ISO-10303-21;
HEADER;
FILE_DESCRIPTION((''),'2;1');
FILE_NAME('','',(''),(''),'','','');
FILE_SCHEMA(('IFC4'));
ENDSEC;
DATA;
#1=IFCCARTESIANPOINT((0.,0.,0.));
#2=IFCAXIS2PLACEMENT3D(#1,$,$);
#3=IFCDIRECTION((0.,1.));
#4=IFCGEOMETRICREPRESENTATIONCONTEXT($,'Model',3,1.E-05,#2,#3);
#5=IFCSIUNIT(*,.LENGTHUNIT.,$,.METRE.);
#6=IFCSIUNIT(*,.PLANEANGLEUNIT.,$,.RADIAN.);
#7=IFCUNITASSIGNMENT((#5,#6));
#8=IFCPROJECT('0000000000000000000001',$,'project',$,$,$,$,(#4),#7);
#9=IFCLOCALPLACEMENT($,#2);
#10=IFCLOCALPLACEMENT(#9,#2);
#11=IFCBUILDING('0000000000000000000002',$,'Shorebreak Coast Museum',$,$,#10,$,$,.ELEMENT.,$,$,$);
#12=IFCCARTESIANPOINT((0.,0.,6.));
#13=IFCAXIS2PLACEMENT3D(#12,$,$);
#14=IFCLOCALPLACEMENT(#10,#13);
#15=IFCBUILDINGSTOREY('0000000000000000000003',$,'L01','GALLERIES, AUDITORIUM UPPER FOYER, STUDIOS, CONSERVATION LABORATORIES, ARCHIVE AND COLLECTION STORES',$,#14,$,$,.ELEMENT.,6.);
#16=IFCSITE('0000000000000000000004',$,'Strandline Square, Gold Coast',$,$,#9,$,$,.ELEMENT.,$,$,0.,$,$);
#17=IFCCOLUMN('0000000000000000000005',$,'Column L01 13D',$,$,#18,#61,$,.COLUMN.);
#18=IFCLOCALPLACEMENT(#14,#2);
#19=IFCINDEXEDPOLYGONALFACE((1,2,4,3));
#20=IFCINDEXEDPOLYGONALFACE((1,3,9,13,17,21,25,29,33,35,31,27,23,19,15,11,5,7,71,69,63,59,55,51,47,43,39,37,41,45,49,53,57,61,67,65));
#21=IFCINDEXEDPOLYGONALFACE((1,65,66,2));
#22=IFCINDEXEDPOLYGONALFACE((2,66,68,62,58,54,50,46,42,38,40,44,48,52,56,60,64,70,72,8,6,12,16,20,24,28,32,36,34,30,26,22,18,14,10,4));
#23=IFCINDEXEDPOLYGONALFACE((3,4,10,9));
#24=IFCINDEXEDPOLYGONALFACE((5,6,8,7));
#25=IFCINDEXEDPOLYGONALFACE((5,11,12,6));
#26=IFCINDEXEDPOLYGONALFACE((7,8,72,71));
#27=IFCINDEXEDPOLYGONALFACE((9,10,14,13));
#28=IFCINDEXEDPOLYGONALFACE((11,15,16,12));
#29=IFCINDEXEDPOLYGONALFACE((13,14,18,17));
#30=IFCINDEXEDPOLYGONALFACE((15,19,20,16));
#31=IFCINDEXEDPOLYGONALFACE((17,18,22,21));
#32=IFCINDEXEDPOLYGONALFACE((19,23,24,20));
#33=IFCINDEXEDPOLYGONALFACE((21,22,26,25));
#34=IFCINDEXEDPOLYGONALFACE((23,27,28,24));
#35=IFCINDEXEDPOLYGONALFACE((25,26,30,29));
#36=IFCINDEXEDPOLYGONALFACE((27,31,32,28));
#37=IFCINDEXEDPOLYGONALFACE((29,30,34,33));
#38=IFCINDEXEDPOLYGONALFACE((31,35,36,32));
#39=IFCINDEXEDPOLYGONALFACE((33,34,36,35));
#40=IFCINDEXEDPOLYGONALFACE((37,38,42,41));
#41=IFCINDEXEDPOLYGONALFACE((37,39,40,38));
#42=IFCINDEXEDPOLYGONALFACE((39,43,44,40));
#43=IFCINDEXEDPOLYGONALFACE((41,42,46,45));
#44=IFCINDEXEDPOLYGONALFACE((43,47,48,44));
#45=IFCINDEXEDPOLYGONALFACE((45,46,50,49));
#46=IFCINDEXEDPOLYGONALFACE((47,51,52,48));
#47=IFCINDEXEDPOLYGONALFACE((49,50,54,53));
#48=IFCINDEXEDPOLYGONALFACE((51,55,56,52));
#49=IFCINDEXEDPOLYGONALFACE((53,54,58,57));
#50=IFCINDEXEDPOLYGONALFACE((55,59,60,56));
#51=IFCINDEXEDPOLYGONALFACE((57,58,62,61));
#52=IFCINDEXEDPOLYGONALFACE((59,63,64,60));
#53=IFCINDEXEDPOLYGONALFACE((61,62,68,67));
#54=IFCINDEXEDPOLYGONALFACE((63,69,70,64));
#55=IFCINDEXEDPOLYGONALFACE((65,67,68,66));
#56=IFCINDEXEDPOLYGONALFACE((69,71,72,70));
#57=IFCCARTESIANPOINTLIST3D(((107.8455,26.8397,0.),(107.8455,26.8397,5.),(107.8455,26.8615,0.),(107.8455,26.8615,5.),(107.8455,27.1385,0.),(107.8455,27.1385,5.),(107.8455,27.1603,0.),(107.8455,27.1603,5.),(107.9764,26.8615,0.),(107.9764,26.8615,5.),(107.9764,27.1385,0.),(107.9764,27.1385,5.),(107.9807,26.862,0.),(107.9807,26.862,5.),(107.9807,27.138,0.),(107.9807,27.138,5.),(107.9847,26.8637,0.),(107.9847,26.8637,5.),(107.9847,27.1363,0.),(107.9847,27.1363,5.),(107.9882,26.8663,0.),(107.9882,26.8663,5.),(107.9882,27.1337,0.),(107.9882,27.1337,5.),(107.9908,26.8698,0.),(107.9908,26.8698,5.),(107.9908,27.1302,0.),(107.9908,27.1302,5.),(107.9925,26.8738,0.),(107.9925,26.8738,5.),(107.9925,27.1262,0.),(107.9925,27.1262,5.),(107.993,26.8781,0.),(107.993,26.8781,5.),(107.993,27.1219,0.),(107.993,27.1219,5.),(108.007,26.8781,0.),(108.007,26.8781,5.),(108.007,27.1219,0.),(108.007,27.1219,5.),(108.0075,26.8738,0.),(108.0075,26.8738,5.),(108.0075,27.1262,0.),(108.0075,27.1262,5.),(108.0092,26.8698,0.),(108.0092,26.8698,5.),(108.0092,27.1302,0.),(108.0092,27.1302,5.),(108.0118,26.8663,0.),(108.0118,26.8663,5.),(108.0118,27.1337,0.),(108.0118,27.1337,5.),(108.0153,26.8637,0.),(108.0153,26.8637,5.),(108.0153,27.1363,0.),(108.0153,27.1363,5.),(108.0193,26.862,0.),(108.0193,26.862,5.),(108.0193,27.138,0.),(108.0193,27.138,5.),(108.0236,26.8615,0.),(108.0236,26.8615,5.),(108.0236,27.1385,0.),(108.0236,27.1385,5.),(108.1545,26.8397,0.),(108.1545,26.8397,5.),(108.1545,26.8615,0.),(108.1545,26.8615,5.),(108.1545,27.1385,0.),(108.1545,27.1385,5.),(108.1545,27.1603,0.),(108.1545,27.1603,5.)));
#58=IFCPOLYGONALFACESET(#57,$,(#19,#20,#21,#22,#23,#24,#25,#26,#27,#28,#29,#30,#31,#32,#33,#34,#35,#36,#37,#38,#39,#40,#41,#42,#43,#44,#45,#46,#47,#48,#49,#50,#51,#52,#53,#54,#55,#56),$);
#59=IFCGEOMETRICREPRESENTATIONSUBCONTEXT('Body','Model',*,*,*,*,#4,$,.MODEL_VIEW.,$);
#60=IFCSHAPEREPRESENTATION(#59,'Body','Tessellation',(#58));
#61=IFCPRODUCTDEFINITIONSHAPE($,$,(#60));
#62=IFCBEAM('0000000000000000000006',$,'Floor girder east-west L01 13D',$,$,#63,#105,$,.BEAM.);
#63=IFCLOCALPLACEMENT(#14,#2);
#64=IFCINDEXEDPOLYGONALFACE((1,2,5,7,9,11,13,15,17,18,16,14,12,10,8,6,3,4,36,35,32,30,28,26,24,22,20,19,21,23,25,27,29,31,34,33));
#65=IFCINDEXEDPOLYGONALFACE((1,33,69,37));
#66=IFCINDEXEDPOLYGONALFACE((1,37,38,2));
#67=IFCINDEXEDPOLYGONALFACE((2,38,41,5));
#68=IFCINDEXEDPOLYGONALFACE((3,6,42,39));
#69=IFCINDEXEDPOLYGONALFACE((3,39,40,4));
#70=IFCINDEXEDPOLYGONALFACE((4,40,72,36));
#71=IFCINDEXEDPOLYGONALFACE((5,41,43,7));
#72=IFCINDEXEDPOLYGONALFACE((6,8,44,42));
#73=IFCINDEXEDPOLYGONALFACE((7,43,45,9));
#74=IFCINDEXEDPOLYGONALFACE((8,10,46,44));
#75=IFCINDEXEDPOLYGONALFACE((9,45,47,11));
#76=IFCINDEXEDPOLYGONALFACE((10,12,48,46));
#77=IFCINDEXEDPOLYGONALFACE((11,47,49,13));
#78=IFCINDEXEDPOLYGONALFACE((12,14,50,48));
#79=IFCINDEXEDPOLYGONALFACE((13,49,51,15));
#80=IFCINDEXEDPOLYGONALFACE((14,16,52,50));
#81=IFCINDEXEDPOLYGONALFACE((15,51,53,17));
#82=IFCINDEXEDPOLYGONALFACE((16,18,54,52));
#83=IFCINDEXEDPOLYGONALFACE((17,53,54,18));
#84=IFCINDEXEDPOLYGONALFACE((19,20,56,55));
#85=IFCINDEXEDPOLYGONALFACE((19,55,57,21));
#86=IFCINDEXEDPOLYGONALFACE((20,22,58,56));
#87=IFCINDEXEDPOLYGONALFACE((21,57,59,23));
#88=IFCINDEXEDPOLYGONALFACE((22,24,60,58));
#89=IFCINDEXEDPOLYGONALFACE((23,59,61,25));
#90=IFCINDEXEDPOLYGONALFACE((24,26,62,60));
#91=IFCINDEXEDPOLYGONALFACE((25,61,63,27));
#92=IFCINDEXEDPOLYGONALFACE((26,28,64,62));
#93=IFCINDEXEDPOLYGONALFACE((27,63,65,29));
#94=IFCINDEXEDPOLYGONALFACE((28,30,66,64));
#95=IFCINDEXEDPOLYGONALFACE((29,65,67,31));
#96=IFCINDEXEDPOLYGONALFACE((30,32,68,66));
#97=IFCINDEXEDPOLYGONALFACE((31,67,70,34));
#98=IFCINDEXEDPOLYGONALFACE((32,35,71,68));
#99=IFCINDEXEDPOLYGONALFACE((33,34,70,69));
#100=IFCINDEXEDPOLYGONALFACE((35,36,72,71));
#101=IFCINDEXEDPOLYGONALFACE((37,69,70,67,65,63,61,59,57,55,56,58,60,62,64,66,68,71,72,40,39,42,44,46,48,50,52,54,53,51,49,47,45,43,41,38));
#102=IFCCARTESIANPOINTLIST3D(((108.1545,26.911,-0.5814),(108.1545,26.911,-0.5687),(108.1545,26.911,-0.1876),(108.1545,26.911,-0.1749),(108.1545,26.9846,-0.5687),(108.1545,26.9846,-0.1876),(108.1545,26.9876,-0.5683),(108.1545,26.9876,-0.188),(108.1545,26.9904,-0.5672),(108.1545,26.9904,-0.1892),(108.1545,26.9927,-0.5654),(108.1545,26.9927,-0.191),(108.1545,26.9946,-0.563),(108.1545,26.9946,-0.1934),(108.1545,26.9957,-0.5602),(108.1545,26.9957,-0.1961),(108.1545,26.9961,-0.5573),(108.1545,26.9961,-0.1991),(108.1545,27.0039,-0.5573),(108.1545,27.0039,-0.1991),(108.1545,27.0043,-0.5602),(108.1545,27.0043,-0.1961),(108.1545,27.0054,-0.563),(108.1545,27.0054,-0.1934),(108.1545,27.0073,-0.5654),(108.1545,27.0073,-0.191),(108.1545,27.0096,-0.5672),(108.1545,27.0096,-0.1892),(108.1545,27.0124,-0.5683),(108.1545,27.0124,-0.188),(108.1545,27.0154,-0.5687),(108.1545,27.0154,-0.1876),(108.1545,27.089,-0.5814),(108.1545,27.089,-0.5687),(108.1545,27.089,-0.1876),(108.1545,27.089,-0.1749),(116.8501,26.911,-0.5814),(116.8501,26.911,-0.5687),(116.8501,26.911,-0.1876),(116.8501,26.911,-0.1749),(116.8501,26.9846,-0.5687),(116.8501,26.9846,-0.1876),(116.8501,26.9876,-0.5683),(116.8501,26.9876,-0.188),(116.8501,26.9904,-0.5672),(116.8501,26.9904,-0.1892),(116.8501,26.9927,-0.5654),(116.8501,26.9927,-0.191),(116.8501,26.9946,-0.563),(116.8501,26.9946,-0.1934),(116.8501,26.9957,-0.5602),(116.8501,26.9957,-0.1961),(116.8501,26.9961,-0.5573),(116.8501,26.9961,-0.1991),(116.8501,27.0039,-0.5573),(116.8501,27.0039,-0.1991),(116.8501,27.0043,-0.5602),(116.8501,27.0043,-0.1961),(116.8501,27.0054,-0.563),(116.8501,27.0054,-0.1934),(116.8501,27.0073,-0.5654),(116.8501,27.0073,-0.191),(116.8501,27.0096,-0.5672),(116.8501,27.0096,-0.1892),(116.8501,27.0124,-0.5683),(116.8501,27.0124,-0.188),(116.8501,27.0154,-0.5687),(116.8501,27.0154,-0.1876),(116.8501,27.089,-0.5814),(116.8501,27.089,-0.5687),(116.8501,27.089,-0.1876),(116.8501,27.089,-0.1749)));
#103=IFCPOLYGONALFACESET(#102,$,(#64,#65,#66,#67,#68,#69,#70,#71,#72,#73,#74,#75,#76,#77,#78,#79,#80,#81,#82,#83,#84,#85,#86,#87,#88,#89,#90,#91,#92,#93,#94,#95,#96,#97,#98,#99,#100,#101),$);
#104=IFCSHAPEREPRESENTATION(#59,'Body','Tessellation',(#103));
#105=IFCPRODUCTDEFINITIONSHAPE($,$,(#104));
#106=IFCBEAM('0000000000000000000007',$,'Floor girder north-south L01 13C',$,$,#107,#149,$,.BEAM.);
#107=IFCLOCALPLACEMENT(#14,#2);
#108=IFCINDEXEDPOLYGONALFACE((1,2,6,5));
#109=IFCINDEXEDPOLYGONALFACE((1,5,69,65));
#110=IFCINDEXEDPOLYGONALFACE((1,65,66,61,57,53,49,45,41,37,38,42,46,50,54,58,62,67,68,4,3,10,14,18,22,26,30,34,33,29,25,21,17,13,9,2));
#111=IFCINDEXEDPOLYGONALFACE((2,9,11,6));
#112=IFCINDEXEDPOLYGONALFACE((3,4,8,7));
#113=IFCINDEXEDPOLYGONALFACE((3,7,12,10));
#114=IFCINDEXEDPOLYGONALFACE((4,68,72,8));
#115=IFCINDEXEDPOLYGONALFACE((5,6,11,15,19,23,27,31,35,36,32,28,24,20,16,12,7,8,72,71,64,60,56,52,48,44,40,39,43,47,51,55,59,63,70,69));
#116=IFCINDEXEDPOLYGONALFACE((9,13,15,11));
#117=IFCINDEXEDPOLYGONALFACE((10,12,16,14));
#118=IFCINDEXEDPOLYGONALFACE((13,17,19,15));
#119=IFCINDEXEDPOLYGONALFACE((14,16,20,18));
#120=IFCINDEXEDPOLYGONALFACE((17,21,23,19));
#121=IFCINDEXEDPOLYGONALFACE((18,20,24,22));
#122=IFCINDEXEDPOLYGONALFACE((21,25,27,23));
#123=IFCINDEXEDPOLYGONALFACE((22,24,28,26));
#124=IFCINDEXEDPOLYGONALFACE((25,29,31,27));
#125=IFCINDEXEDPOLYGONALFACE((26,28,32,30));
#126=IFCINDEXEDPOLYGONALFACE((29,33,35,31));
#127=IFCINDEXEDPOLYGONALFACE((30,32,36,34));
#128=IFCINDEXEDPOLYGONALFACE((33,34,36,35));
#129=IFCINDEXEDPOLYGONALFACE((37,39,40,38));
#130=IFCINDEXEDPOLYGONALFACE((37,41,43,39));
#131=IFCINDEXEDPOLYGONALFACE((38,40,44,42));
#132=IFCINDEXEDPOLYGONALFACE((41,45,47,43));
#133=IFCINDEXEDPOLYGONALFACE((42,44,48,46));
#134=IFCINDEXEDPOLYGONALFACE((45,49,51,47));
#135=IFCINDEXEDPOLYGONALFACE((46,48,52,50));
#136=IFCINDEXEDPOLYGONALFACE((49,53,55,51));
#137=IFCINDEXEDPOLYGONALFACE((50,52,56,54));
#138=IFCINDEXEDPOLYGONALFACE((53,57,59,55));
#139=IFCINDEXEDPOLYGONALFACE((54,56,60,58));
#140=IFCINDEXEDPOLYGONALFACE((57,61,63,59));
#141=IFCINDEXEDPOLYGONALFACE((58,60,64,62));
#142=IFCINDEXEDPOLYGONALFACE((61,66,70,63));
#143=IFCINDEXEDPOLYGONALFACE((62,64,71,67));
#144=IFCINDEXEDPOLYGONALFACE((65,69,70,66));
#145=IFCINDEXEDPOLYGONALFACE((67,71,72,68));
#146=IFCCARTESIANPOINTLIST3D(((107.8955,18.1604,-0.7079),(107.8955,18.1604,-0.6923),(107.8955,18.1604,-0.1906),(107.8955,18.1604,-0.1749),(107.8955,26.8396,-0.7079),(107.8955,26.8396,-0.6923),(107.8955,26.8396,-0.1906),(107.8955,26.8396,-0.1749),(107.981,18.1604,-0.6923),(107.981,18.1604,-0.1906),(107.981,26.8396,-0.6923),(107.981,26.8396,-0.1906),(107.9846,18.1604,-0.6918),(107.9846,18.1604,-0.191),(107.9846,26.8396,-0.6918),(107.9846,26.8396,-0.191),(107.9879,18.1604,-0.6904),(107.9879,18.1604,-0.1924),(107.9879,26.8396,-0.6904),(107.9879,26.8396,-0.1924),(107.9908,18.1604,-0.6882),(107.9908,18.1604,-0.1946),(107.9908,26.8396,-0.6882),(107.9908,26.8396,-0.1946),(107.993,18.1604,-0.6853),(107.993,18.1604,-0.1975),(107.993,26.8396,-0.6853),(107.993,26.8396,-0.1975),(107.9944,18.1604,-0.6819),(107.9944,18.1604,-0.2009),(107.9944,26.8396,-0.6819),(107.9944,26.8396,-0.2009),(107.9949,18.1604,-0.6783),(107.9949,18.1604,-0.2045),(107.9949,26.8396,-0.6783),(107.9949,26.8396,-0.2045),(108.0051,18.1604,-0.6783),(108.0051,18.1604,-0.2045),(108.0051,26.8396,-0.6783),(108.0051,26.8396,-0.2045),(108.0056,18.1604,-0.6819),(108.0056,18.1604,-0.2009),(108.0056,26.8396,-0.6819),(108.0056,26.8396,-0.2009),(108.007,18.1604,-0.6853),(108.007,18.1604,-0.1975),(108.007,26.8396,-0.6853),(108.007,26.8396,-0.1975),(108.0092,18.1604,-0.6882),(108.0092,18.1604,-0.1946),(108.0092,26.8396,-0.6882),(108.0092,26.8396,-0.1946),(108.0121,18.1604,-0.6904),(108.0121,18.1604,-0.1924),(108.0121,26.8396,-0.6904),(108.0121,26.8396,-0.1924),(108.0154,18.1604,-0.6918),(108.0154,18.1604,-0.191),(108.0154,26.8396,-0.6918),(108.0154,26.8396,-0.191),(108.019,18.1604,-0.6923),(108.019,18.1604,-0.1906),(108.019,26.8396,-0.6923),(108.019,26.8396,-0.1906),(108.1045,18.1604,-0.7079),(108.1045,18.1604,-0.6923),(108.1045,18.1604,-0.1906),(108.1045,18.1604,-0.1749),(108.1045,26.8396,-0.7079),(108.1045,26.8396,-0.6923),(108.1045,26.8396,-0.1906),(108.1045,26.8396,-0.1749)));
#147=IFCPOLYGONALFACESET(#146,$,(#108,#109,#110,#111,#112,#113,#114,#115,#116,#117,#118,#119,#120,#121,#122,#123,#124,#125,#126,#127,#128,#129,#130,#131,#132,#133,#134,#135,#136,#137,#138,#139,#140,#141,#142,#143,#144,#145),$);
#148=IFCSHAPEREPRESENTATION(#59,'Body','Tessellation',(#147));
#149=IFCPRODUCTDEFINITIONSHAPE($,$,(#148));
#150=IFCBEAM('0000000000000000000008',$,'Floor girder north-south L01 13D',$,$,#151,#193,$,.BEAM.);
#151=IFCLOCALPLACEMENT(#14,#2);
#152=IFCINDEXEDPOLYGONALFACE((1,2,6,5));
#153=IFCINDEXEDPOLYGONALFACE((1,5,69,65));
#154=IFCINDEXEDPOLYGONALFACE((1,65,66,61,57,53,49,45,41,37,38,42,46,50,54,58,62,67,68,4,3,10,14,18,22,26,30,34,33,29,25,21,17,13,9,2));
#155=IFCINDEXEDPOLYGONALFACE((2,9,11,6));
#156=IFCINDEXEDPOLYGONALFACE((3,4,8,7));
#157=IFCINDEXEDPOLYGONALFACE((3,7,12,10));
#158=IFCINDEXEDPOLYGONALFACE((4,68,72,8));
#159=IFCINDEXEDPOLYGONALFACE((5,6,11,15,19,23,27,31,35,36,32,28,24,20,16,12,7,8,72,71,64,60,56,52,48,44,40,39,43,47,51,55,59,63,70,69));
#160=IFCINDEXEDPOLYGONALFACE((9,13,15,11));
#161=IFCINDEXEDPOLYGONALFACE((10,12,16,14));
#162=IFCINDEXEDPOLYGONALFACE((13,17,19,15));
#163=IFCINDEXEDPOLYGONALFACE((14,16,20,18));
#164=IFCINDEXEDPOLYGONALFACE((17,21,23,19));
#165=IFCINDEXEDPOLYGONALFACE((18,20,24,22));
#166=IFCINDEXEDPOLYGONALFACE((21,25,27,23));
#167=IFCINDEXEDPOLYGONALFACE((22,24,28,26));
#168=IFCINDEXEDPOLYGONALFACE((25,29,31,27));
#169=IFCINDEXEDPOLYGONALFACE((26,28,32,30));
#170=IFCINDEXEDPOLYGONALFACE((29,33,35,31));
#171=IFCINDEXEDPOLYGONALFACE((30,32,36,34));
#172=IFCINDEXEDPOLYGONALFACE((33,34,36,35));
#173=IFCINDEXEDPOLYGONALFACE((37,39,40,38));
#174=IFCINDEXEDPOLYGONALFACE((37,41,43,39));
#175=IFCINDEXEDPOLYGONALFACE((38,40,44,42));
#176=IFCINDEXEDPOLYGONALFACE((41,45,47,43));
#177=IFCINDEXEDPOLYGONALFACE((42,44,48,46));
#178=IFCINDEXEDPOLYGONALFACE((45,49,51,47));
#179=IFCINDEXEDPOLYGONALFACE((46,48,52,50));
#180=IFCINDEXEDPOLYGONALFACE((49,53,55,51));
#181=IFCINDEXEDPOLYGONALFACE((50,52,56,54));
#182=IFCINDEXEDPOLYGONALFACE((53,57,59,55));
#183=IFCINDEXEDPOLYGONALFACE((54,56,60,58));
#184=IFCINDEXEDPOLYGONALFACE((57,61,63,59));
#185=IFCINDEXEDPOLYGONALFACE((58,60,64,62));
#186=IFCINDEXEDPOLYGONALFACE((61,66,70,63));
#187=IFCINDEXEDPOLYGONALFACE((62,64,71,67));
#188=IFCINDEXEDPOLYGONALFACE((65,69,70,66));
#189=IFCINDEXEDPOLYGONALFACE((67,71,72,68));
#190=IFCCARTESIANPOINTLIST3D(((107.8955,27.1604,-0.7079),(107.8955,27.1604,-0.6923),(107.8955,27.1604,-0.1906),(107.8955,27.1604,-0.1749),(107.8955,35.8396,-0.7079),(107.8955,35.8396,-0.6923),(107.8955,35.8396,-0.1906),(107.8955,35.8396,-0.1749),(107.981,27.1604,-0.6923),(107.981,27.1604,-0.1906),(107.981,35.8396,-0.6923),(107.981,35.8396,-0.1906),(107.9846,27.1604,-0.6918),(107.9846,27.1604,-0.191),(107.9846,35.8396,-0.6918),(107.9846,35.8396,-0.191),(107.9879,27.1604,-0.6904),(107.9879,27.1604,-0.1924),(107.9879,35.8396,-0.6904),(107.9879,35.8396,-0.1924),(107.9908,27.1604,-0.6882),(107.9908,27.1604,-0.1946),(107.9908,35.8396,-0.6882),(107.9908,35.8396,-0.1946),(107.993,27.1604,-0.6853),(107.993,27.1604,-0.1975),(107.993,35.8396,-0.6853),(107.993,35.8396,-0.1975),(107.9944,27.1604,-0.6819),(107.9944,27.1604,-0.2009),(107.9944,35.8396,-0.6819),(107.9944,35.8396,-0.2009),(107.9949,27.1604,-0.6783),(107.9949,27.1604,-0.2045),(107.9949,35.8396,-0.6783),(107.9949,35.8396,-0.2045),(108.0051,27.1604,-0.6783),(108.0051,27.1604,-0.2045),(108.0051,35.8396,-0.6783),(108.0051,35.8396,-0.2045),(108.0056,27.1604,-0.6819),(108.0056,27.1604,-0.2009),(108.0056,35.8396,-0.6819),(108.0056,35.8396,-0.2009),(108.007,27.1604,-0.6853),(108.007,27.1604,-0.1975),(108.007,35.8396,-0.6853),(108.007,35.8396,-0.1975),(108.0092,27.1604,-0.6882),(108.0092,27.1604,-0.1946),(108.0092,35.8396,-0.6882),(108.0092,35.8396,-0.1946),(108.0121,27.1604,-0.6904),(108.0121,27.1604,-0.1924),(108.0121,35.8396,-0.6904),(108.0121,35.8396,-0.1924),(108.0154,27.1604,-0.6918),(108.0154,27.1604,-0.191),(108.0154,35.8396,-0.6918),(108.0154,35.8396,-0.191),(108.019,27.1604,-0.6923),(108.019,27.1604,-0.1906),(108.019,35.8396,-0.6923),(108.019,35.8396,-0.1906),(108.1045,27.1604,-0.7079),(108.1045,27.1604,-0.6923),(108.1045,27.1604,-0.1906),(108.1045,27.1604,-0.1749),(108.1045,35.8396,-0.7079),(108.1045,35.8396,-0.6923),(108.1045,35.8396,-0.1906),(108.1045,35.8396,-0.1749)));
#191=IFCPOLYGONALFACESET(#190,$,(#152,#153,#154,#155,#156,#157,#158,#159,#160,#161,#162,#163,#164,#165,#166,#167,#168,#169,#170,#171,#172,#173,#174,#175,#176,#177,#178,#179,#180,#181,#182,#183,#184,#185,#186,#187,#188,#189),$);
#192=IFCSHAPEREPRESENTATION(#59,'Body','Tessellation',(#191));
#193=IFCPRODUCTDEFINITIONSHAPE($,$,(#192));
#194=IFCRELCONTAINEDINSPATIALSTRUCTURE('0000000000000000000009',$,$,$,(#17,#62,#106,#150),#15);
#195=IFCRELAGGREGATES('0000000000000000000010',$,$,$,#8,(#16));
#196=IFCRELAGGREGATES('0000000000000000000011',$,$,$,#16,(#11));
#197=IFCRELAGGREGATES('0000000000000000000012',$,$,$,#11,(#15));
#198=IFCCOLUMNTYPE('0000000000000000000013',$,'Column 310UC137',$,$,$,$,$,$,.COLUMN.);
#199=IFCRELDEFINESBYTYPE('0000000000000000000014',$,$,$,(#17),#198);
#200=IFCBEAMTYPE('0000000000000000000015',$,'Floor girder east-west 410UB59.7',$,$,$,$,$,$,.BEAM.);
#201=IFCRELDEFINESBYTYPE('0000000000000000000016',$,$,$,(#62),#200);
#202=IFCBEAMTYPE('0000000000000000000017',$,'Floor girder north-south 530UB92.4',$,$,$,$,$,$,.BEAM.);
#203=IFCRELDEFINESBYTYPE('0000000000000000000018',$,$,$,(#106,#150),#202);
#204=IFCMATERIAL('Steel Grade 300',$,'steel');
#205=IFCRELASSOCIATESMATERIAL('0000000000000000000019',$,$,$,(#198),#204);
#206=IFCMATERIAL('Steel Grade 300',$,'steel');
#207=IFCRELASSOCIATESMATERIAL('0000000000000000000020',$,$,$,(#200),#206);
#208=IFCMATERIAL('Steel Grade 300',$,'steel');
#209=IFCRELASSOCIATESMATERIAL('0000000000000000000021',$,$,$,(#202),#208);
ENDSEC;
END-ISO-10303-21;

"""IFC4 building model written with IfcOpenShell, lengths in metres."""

from ifc_helpers import new_model, si_unit, direction, frame, origin, origin_2d, place, context, subcontext, project, spatial, i_section, extrude, material, material_profile, profile_set, type_object, element, save


model = new_model("IFC4")

# Units and contexts
model_context = context("Model", 3, precision=1e-05, world=origin(), true_north=direction((0.0, 1.0)))
body_context = subcontext(model_context, "Body", "Model", "MODEL_VIEW")
ifc_project = project(units=[si_unit("LENGTHUNIT", "METRE"), si_unit("PLANEANGLEUNIT", "RADIAN")], contexts=[model_context])

# Site, building, storey
site_placement = place(None, origin())
site = spatial("IfcSite", under=ifc_project, at=site_placement, Name="Strandline Square, Gold Coast", CompositionType="ELEMENT", RefElevation=0.0)
building_placement = place(site_placement, origin())
building = spatial("IfcBuilding", under=site, at=building_placement, Name="Shorebreak Coast Museum", CompositionType="ELEMENT")
storey_placement = place(building_placement, frame((0.0, 0.0, 6.0)))
storey = spatial("IfcBuildingStorey", under=building, at=storey_placement, Name="L01", Description="GALLERIES, AUDITORIUM UPPER FOYER, STUDIOS, CONSERVATION LABORATORIES, ARCHIVE AND COLLECTION STORES", CompositionType="ELEMENT", Elevation=6.0)

# Column
ifc_material_1 = material(Name="Steel Grade 300", Category="steel")
ifc_material_profile_1 = material_profile(ifc_material_1, i_section(OverallWidth=0.3091, OverallDepth=0.3206, WebThickness=0.0139, FlangeThickness=0.0217, FilletRadius=0.0166, at=origin_2d()), Name="310UC137")
ifc_profile_set_1 = profile_set([ifc_material_profile_1], Name="Steel Grade 300")
column_type = type_object("IfcColumnType", Name="Column 310UC137", PredefinedType="COLUMN", material=ifc_profile_set_1)
column_placement = place(storey_placement, frame((108.0, 27.0, 0.0), z_axis=(0.0, 0.0, 1.0), x_axis=(1.0, 0.0, 0.0)))
element("IfcColumn", 1, at=column_placement, inside=storey, type_object=column_type, Name="Column L01 13D", PredefinedType="COLUMN", context=body_context, shape_type="SweptSolid", body=[
    extrude(i_section(OverallWidth=0.3091, OverallDepth=0.3206, WebThickness=0.0139, FlangeThickness=0.0217, FilletRadius=0.0166, at=origin_2d()), origin(), (0.0, 0.0, 1.0), 5.0),
])

# Beams
ifc_material_2 = material(Name="Steel Grade 300", Category="steel")
ifc_material_profile_2 = material_profile(ifc_material_2, i_section(OverallWidth=0.178, OverallDepth=0.4065, WebThickness=0.0078, FlangeThickness=0.0127, FilletRadius=0.0115, at=origin_2d()), Name="410UB59.7")
ifc_profile_set_2 = profile_set([ifc_material_profile_2], Name="Steel Grade 300")
beam_type_1 = type_object("IfcBeamType", Name="Floor girder east-west 410UB59.7", PredefinedType="BEAM", material=ifc_profile_set_2)
beam_placement = place(storey_placement, frame((108.1545, 27.0, -0.3782), z_axis=(1.0, 0.0, 0.0), x_axis=(0.0, 1.0, 0.0)))
element("IfcBeam", 2, at=beam_placement, inside=storey, type_object=beam_type_1, Name="Floor girder east-west L01 13D", PredefinedType="BEAM", context=body_context, shape_type="SweptSolid", body=[
    extrude(i_section(OverallWidth=0.178, OverallDepth=0.4065, WebThickness=0.0078, FlangeThickness=0.0127, FilletRadius=0.0115, at=origin_2d()), origin(), (0.0, 0.0, 1.0), 8.6956),
])
ifc_material_3 = material(Name="Steel Grade 300", Category="steel")
ifc_material_profile_3 = material_profile(ifc_material_3, i_section(OverallWidth=0.209, OverallDepth=0.533, WebThickness=0.0103, FlangeThickness=0.0156, FilletRadius=0.0139, at=origin_2d()), Name="530UB92.4")
ifc_profile_set_3 = profile_set([ifc_material_profile_3], Name="Steel Grade 300")
beam_type_2 = type_object("IfcBeamType", Name="Floor girder north-south 530UB92.4", PredefinedType="BEAM", material=ifc_profile_set_3)
for number, where, z_axis, x_axis, name in (
    (3, (108.0, 18.1604, -0.4414), (0.0, 1.0, 0.0), (-1.0, 0.0, 0.0), "Floor girder north-south L01 13C"),
    (4, (108.0, 27.1604, -0.4414), (0.0, 1.0, 0.0), (-1.0, 0.0, 0.0), "Floor girder north-south L01 13D"),
):
    element("IfcBeam", number, at=place(storey_placement, frame(where, z_axis=z_axis, x_axis=x_axis)), inside=storey, type_object=beam_type_2, Name=name, PredefinedType="BEAM", context=body_context, shape_type="SweptSolid", body=[
        extrude(i_section(OverallWidth=0.209, OverallDepth=0.533, WebThickness=0.0103, FlangeThickness=0.0156, FilletRadius=0.0139, at=origin_2d()), origin(), (0.0, 0.0, 1.0), 8.6792),
    ])

save(model, "model.ifc")
